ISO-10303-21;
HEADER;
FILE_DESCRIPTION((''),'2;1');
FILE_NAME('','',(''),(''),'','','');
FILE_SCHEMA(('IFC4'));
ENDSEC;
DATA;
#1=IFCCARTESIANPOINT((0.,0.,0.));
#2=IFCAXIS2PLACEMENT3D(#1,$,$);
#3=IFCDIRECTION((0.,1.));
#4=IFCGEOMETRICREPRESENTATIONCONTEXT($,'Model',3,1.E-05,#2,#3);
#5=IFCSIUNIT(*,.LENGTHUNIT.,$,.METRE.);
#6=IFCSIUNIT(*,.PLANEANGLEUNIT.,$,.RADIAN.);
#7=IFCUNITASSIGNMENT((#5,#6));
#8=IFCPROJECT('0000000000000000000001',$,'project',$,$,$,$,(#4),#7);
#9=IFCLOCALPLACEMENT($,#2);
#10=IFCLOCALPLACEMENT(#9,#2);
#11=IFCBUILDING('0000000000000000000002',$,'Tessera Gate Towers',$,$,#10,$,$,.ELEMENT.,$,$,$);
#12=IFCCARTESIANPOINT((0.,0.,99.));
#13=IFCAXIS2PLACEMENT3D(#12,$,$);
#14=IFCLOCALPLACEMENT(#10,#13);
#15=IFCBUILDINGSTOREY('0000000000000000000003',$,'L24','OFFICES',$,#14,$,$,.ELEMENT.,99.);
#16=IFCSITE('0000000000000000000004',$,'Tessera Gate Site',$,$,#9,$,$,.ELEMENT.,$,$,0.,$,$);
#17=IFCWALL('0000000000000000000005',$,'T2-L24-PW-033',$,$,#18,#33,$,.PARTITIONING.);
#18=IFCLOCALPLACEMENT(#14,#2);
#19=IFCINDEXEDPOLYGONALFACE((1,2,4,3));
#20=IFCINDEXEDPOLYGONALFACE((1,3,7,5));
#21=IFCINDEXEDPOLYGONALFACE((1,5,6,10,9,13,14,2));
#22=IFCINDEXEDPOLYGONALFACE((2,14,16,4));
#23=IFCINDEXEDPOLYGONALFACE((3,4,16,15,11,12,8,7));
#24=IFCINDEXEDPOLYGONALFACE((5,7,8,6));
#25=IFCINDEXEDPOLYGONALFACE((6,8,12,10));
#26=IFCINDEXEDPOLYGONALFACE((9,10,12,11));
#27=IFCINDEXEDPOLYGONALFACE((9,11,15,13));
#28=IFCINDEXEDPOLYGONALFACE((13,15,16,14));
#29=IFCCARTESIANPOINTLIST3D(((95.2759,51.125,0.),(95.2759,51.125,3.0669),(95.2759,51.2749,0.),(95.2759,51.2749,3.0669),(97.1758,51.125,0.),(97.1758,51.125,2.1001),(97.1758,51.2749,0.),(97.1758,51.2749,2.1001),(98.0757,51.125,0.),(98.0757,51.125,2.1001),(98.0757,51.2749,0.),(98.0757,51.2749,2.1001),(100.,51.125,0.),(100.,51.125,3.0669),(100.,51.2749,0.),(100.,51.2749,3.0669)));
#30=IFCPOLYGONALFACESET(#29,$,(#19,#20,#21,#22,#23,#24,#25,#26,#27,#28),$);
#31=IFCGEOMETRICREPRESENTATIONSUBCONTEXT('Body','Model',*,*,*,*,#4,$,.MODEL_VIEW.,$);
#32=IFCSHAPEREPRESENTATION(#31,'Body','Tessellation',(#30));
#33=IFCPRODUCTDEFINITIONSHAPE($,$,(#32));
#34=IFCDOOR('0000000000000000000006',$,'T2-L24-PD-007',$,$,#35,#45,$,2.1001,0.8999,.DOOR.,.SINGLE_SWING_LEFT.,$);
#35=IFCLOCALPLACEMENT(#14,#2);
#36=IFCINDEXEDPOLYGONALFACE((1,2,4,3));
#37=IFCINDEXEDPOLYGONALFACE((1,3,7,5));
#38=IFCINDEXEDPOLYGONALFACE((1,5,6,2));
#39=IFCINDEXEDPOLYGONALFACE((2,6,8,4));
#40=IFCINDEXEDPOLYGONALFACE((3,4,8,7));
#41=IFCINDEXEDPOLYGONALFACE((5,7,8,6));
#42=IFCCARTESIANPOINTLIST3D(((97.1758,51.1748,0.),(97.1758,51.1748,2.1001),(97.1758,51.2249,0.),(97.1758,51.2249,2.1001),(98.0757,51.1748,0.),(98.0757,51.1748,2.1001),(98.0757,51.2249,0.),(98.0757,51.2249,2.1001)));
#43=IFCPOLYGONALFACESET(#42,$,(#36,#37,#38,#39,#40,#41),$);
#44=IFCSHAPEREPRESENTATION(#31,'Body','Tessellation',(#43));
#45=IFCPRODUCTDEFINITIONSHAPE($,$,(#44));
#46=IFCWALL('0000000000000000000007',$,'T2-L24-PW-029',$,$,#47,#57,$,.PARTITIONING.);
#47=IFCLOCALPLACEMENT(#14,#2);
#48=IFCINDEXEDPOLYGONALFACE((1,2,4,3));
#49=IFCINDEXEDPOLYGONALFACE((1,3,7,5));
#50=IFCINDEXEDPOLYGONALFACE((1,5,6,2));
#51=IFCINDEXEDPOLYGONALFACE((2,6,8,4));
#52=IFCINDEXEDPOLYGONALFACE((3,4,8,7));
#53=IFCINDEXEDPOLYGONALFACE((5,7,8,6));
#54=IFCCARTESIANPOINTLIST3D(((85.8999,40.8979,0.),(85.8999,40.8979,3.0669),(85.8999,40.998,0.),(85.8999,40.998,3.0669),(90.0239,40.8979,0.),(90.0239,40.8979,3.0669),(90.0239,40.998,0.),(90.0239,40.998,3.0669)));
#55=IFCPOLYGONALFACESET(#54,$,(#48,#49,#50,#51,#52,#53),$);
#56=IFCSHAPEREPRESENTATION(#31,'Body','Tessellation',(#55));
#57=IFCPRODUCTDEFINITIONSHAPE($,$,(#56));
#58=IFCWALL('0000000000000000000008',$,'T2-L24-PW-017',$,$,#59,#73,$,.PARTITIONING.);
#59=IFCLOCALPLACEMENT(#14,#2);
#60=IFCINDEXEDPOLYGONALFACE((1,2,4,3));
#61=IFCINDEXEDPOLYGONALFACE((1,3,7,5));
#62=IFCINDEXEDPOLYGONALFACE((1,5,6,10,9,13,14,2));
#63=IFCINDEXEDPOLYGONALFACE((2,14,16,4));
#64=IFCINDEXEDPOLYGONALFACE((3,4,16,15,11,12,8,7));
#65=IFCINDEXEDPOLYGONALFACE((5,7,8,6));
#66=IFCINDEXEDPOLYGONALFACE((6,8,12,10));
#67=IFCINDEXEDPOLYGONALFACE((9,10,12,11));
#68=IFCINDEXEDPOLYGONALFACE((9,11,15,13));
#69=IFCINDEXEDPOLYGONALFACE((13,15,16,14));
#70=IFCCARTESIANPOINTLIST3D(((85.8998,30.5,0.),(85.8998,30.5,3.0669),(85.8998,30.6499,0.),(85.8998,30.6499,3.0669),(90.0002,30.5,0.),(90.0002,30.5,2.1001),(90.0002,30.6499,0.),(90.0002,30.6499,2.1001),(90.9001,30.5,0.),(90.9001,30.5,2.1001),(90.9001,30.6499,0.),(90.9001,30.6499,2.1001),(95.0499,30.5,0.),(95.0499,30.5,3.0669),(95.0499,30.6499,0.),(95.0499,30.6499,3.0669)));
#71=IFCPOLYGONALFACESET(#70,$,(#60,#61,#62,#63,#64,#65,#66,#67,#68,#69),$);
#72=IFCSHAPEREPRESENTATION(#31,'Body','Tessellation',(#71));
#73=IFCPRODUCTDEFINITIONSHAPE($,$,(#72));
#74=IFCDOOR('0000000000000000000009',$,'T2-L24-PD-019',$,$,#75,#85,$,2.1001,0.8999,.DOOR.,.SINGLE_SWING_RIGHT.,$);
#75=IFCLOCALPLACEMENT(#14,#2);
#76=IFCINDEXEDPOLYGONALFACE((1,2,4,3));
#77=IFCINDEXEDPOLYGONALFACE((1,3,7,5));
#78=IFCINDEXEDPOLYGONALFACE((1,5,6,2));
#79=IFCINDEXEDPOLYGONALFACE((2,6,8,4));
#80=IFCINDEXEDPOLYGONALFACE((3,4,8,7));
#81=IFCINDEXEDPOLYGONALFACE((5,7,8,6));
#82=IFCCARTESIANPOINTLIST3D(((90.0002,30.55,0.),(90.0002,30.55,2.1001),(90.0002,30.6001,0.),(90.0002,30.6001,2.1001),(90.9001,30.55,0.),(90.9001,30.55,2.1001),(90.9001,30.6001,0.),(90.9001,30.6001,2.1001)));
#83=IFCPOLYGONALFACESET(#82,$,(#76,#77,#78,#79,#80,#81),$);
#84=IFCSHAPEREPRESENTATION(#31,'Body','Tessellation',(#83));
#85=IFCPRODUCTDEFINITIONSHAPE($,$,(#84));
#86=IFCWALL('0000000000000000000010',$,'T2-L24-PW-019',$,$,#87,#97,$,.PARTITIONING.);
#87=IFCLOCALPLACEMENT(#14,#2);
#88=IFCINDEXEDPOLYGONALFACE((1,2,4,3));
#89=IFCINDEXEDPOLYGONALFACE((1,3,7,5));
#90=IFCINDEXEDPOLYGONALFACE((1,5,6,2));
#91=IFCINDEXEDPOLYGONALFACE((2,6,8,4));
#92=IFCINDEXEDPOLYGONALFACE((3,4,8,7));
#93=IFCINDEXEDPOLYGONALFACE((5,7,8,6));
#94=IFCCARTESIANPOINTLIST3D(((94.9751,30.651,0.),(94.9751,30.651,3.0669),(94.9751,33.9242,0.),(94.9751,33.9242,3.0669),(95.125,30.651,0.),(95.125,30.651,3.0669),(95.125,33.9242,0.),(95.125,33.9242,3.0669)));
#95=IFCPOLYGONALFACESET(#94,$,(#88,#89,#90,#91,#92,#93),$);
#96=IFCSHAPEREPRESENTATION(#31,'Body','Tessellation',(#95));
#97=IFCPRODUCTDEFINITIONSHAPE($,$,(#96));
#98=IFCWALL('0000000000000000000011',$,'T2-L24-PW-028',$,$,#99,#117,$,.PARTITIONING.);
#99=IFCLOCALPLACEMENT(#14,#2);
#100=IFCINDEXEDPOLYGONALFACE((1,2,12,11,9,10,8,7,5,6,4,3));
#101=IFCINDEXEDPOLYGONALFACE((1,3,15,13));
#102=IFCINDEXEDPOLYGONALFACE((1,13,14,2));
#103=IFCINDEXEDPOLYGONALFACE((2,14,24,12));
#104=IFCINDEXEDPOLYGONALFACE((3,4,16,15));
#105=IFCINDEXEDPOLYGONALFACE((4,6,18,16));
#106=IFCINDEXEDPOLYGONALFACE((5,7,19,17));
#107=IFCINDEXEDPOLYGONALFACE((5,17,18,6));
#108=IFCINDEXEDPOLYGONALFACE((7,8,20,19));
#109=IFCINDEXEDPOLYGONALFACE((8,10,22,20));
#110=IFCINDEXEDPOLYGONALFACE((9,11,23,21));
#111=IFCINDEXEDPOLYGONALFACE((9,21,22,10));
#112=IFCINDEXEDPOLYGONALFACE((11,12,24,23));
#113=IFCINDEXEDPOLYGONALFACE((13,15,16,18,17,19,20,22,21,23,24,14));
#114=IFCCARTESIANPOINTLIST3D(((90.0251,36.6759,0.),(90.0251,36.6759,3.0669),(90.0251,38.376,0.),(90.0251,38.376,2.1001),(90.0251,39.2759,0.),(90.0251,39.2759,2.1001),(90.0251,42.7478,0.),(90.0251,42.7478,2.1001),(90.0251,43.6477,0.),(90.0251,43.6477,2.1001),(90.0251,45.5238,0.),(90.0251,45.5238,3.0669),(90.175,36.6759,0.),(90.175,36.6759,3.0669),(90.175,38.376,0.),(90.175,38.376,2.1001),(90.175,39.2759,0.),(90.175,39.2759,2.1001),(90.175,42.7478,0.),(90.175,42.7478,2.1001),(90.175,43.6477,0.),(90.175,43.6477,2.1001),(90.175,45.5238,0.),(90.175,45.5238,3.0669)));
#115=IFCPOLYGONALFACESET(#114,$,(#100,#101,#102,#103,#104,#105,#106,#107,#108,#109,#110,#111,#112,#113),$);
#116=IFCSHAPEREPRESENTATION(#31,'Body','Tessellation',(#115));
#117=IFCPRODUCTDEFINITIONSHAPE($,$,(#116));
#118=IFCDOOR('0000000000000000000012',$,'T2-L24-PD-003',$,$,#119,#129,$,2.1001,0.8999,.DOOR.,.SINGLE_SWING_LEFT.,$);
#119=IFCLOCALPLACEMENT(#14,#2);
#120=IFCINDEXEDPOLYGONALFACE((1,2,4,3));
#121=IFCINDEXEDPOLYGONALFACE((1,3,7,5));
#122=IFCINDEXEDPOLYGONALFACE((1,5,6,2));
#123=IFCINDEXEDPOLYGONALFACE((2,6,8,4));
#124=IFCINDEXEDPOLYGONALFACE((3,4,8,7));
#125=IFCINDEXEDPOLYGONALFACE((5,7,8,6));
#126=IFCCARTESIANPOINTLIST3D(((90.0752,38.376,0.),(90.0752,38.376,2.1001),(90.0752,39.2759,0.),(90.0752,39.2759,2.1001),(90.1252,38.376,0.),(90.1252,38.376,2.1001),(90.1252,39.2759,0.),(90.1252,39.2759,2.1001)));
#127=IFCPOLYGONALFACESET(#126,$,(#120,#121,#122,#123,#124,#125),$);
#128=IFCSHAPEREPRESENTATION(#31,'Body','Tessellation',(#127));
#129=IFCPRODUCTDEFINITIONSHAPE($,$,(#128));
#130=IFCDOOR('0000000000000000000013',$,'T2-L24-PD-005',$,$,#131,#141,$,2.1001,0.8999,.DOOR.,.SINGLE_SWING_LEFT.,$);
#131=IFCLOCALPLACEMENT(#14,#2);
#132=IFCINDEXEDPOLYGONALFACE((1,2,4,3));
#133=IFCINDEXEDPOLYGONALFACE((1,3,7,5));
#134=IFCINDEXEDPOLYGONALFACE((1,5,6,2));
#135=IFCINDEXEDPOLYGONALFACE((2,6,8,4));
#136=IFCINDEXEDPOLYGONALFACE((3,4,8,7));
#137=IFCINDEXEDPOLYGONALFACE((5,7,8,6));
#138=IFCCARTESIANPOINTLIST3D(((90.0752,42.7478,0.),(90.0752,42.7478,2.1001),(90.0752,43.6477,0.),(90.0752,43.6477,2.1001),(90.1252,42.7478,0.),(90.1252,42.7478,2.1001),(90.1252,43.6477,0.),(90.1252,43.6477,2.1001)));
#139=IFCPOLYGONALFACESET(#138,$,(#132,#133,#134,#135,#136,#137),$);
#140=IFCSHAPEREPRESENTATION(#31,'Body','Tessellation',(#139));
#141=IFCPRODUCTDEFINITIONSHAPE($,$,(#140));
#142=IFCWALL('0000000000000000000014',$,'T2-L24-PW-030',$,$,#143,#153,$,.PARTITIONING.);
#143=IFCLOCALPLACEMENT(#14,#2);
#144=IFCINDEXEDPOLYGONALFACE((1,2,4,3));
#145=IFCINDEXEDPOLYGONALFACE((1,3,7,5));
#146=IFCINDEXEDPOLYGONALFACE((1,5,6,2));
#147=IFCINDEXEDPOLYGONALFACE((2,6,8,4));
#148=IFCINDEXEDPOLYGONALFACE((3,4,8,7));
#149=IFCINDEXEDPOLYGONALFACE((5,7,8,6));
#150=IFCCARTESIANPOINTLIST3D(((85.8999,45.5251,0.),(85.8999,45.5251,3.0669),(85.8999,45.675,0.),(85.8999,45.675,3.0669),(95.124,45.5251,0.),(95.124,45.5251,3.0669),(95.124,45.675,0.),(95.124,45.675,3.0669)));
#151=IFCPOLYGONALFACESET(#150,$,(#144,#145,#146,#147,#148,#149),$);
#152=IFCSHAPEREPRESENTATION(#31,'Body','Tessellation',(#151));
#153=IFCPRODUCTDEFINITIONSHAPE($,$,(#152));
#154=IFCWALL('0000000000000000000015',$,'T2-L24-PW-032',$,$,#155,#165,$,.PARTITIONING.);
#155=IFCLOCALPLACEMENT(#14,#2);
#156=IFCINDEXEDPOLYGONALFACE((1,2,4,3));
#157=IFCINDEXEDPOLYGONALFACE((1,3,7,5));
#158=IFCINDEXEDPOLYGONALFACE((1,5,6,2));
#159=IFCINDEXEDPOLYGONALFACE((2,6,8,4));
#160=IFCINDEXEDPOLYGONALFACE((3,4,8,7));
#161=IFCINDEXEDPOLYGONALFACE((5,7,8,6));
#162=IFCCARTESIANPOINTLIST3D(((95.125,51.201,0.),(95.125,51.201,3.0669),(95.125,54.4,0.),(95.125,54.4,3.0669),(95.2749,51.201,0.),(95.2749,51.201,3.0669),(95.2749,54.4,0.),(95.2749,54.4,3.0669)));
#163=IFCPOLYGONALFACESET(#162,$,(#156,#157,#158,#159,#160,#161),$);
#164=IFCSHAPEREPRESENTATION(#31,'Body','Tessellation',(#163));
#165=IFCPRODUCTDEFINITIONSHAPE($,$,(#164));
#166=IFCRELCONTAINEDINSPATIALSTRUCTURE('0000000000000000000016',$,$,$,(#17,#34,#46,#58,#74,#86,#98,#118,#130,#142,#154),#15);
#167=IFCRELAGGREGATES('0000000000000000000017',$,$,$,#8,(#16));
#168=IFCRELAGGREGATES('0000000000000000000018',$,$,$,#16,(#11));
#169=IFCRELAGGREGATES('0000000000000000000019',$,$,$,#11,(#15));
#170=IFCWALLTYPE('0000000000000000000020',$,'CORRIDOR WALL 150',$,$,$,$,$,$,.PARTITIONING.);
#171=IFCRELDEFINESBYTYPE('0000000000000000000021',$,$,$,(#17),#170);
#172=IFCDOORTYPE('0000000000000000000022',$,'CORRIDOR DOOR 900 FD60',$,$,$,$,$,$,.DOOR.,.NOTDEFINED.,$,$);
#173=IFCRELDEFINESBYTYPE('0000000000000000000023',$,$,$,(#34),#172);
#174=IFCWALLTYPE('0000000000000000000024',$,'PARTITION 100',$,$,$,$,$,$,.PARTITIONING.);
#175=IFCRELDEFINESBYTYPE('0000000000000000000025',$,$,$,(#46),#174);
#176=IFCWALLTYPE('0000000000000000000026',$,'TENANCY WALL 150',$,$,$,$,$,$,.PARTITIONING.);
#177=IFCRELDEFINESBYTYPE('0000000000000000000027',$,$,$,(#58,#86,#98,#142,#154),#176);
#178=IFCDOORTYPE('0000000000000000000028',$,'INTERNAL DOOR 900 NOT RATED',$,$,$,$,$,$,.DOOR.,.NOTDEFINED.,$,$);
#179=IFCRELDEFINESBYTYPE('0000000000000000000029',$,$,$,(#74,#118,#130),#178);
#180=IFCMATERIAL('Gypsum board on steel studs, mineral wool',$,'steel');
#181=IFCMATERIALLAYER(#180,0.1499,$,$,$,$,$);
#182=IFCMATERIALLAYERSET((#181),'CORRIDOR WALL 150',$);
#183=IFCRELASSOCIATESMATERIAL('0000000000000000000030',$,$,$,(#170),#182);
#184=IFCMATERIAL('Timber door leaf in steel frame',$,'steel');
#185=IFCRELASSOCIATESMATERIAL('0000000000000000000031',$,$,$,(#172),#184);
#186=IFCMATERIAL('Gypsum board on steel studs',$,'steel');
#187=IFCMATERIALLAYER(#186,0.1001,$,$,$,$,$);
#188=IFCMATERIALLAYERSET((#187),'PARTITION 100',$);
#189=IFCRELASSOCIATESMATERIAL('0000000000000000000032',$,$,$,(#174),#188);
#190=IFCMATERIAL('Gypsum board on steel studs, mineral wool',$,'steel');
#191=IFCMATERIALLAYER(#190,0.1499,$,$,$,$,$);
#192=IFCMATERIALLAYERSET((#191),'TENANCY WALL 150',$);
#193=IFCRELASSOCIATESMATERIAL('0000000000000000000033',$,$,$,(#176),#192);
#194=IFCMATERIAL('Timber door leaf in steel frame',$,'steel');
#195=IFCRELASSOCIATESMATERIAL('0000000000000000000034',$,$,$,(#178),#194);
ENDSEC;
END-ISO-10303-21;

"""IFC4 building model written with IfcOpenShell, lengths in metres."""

from ifc_helpers import new_model, si_unit, direction, frame, frame_2d, origin, place, context, subcontext, project, spatial, rectangle, extrude, source, transform, mapped, material, layer, layer_set, type_object, element, fill, save


model = new_model("IFC4")

# Units and contexts
model_context = context("Model", 3, precision=1e-05, world=origin(), true_north=direction((0.0, 1.0)))
body_context = subcontext(model_context, "Body", "Model", "MODEL_VIEW")
ifc_project = project(units=[si_unit("LENGTHUNIT", "METRE"), si_unit("PLANEANGLEUNIT", "RADIAN")], contexts=[model_context])

# Site, building, storey
site_placement = place(None, origin())
site = spatial("IfcSite", under=ifc_project, at=site_placement, Name="Tessera Gate Site", CompositionType="ELEMENT", RefElevation=0.0)
building_placement = place(site_placement, origin())
building = spatial("IfcBuilding", under=site, at=building_placement, Name="Tessera Gate Towers", CompositionType="ELEMENT")
storey_placement = place(building_placement, frame((0.0, 0.0, 99.0)))
storey = spatial("IfcBuildingStorey", under=building, at=storey_placement, Name="L24", Description="OFFICES", CompositionType="ELEMENT", Elevation=99.0)

# Shared definitions
ifc_material_1 = material(Name="Gypsum board on steel studs, mineral wool", Category="steel")
ifc_layer_1 = layer(ifc_material_1, 0.1499)
ifc_layer_set_1 = layer_set([ifc_layer_1], Name="CORRIDOR WALL 150")
wall_type_1 = type_object("IfcWallType", Name="CORRIDOR WALL 150", PredefinedType="PARTITIONING", material=ifc_layer_set_1)

# Wall, opening, door
wall_1_placement = place(storey_placement, frame((95.2759, 51.2, 0.0), z_axis=(0.0, 0.0, 1.0), x_axis=(1.0, 0.0, 0.0)))
wall_1 = element("IfcWall", 1, at=wall_1_placement, inside=storey, type_object=wall_type_1, Name="T2-L24-PW-033", PredefinedType="PARTITIONING", context=body_context, shape_type="SweptSolid", body=[
    extrude(rectangle(XDim=4.7241, YDim=0.1499, at=frame_2d((2.3621, 0.0))), origin(), (0.0, 0.0, 1.0), 3.0669),
])
shared_shape_1 = source(origin(), body_context, "Body", "SweptSolid", [
    extrude(rectangle(XDim=0.8999, YDim=2.1001, at=frame_2d((0.45, 1.05))), frame((0.0, 0.085, 0.0), z_axis=(0.0, -1.0, 0.0), x_axis=(1.0, 0.0, 0.0)), (0.0, 0.0, 1.0), 0.1699),
])
opening_1_placement = place(wall_1_placement, frame((1.8999, 0.0, 0.0)))
opening_1 = element("IfcOpeningElement", 2, at=opening_1_placement, cuts=wall_1, PredefinedType="OPENING", context=body_context, shape_type="MappedRepresentation", body=[
    mapped(shared_shape_1, transform((0.0, 0.0, 0.0), scale=1.0)),
])
ifc_material_2 = material(Name="Timber door leaf in steel frame", Category="steel")
door_type_1 = type_object("IfcDoorType", Name="CORRIDOR DOOR 900 FD60", OperationType="NOTDEFINED", PredefinedType="DOOR", material=ifc_material_2)
shared_shape_2 = source(origin(), body_context, "Body", "SweptSolid", [
    extrude(rectangle(XDim=0.8999, YDim=2.1001, at=frame_2d((0.45, 1.05))), frame((0.0, 0.0249, 0.0), z_axis=(0.0, -1.0, 0.0), x_axis=(1.0, 0.0, 0.0)), (0.0, 0.0, 1.0), 0.05),
])
door_1_placement = place(opening_1_placement, origin())
door_1 = element("IfcDoor", 3, at=door_1_placement, inside=storey, type_object=door_type_1, Name="T2-L24-PD-007", OperationType="SINGLE_SWING_LEFT", OverallHeight=2.1001, OverallWidth=0.8999, PredefinedType="DOOR", context=body_context, shape_type="MappedRepresentation", body=[
    mapped(shared_shape_2, transform((0.0, 0.0, 0.0), scale=1.0)),
])
fill(opening_1, door_1)

# Wall
ifc_material_3 = material(Name="Gypsum board on steel studs", Category="steel")
ifc_layer_2 = layer(ifc_material_3, 0.1001)
ifc_layer_set_2 = layer_set([ifc_layer_2], Name="PARTITION 100")
wall_type_2 = type_object("IfcWallType", Name="PARTITION 100", PredefinedType="PARTITIONING", material=ifc_layer_set_2)
wall_2_placement = place(storey_placement, frame((85.8999, 40.948, 0.0), z_axis=(0.0, 0.0, 1.0), x_axis=(1.0, 0.0, 0.0)))
element("IfcWall", 4, at=wall_2_placement, inside=storey, type_object=wall_type_2, Name="T2-L24-PW-029", PredefinedType="PARTITIONING", context=body_context, shape_type="SweptSolid", body=[
    extrude(rectangle(XDim=4.124, YDim=0.1001, at=frame_2d((2.062, 0.0))), origin(), (0.0, 0.0, 1.0), 3.0669),
])

# Wall, opening, door
ifc_material_4 = material(Name="Gypsum board on steel studs, mineral wool", Category="steel")
ifc_layer_3 = layer(ifc_material_4, 0.1499)
ifc_layer_set_3 = layer_set([ifc_layer_3], Name="TENANCY WALL 150")
wall_type_3 = type_object("IfcWallType", Name="TENANCY WALL 150", PredefinedType="PARTITIONING", material=ifc_layer_set_3)
wall_3_placement = place(storey_placement, frame((95.05, 30.575, 0.0), z_axis=(0.0, 0.0, 1.0), x_axis=(-1.0, 0.0, 0.0)))
wall_3 = element("IfcWall", 5, at=wall_3_placement, inside=storey, type_object=wall_type_3, Name="T2-L24-PW-017", PredefinedType="PARTITIONING", context=body_context, shape_type="SweptSolid", body=[
    extrude(rectangle(XDim=9.1501, YDim=0.1499, at=frame_2d((4.5752, 0.0))), origin(), (0.0, 0.0, 1.0), 3.0669),
])
opening_2_placement = place(wall_3_placement, frame((4.1499, 0.0, 0.0)))
opening_2 = element("IfcOpeningElement", 6, at=opening_2_placement, cuts=wall_3, PredefinedType="OPENING", context=body_context, shape_type="MappedRepresentation", body=[
    mapped(shared_shape_1, transform((0.0, 0.0, 0.0), scale=1.0)),
])
ifc_material_5 = material(Name="Timber door leaf in steel frame", Category="steel")
door_type_2 = type_object("IfcDoorType", Name="INTERNAL DOOR 900 NOT RATED", OperationType="NOTDEFINED", PredefinedType="DOOR", material=ifc_material_5)
door_2_placement = place(opening_2_placement, origin())
door_2 = element("IfcDoor", 7, at=door_2_placement, inside=storey, type_object=door_type_2, Name="T2-L24-PD-019", OperationType="SINGLE_SWING_RIGHT", OverallHeight=2.1001, OverallWidth=0.8999, PredefinedType="DOOR", context=body_context, shape_type="MappedRepresentation", body=[
    mapped(shared_shape_2, transform((0.0, 0.0, 0.0), scale=1.0)),
])
fill(opening_2, door_2)

# Wall
wall_4_placement = place(storey_placement, frame((95.05, 30.6509, 0.0), z_axis=(0.0, 0.0, 1.0), x_axis=(0.0, 1.0, 0.0)))
element("IfcWall", 8, at=wall_4_placement, inside=storey, type_object=wall_type_3, Name="T2-L24-PW-019", PredefinedType="PARTITIONING", context=body_context, shape_type="SweptSolid", body=[
    extrude(rectangle(XDim=3.2732, YDim=0.1499, at=frame_2d((1.6367, 0.0))), origin(), (0.0, 0.0, 1.0), 3.0669),
])

# Wall, openings, doors
wall_5_placement = place(storey_placement, frame((90.1001, 36.676, 0.0), z_axis=(0.0, 0.0, 1.0), x_axis=(0.0, 1.0, 0.0)))
wall_5 = element("IfcWall", 9, at=wall_5_placement, inside=storey, type_object=wall_type_3, Name="T2-L24-PW-028", PredefinedType="PARTITIONING", context=body_context, shape_type="SweptSolid", body=[
    extrude(rectangle(XDim=8.8479, YDim=0.1499, at=frame_2d((4.4238, 0.0))), origin(), (0.0, 0.0, 1.0), 3.0669),
])
opening_3_placement = place(wall_5_placement, frame((1.7, 0.0, 0.0)))
opening_3 = element("IfcOpeningElement", 10, at=opening_3_placement, cuts=wall_5, PredefinedType="OPENING", context=body_context, shape_type="MappedRepresentation", body=[
    mapped(shared_shape_1, transform((0.0, 0.0, 0.0), scale=1.0)),
])
opening_4_placement = place(wall_5_placement, frame((6.0718, 0.0, 0.0)))
opening_4 = element("IfcOpeningElement", 11, at=opening_4_placement, cuts=wall_5, PredefinedType="OPENING", context=body_context, shape_type="MappedRepresentation", body=[
    mapped(shared_shape_1, transform((0.0, 0.0, 0.0), scale=1.0)),
])
door_3_placement = place(opening_3_placement, origin())
door_3 = element("IfcDoor", 12, at=door_3_placement, inside=storey, type_object=door_type_2, Name="T2-L24-PD-003", OperationType="SINGLE_SWING_LEFT", OverallHeight=2.1001, OverallWidth=0.8999, PredefinedType="DOOR", context=body_context, shape_type="MappedRepresentation", body=[
    mapped(shared_shape_2, transform((0.0, 0.0, 0.0), scale=1.0)),
])
fill(opening_3, door_3)
door_4_placement = place(opening_4_placement, origin())
door_4 = element("IfcDoor", 13, at=door_4_placement, inside=storey, type_object=door_type_2, Name="T2-L24-PD-005", OperationType="SINGLE_SWING_LEFT", OverallHeight=2.1001, OverallWidth=0.8999, PredefinedType="DOOR", context=body_context, shape_type="MappedRepresentation", body=[
    mapped(shared_shape_2, transform((0.0, 0.0, 0.0), scale=1.0)),
])
fill(opening_4, door_4)

# Walls
wall_6_placement = place(storey_placement, frame((85.8999, 45.6001, 0.0), z_axis=(0.0, 0.0, 1.0), x_axis=(1.0, 0.0, 0.0)))
element("IfcWall", 14, at=wall_6_placement, inside=storey, type_object=wall_type_3, Name="T2-L24-PW-030", PredefinedType="PARTITIONING", context=body_context, shape_type="SweptSolid", body=[
    extrude(rectangle(XDim=9.2241, YDim=0.1499, at=frame_2d((4.6121, 0.0))), origin(), (0.0, 0.0, 1.0), 3.0669),
])
wall_7_placement = place(storey_placement, frame((95.2, 51.2009, 0.0), z_axis=(0.0, 0.0, 1.0), x_axis=(0.0, 1.0, 0.0)))
element("IfcWall", 15, at=wall_7_placement, inside=storey, type_object=wall_type_3, Name="T2-L24-PW-032", PredefinedType="PARTITIONING", context=body_context, shape_type="SweptSolid", body=[
    extrude(rectangle(XDim=3.199, YDim=0.1499, at=frame_2d((1.5996, 0.0))), origin(), (0.0, 0.0, 1.0), 3.0669),
])

save(model, "model.ifc")
